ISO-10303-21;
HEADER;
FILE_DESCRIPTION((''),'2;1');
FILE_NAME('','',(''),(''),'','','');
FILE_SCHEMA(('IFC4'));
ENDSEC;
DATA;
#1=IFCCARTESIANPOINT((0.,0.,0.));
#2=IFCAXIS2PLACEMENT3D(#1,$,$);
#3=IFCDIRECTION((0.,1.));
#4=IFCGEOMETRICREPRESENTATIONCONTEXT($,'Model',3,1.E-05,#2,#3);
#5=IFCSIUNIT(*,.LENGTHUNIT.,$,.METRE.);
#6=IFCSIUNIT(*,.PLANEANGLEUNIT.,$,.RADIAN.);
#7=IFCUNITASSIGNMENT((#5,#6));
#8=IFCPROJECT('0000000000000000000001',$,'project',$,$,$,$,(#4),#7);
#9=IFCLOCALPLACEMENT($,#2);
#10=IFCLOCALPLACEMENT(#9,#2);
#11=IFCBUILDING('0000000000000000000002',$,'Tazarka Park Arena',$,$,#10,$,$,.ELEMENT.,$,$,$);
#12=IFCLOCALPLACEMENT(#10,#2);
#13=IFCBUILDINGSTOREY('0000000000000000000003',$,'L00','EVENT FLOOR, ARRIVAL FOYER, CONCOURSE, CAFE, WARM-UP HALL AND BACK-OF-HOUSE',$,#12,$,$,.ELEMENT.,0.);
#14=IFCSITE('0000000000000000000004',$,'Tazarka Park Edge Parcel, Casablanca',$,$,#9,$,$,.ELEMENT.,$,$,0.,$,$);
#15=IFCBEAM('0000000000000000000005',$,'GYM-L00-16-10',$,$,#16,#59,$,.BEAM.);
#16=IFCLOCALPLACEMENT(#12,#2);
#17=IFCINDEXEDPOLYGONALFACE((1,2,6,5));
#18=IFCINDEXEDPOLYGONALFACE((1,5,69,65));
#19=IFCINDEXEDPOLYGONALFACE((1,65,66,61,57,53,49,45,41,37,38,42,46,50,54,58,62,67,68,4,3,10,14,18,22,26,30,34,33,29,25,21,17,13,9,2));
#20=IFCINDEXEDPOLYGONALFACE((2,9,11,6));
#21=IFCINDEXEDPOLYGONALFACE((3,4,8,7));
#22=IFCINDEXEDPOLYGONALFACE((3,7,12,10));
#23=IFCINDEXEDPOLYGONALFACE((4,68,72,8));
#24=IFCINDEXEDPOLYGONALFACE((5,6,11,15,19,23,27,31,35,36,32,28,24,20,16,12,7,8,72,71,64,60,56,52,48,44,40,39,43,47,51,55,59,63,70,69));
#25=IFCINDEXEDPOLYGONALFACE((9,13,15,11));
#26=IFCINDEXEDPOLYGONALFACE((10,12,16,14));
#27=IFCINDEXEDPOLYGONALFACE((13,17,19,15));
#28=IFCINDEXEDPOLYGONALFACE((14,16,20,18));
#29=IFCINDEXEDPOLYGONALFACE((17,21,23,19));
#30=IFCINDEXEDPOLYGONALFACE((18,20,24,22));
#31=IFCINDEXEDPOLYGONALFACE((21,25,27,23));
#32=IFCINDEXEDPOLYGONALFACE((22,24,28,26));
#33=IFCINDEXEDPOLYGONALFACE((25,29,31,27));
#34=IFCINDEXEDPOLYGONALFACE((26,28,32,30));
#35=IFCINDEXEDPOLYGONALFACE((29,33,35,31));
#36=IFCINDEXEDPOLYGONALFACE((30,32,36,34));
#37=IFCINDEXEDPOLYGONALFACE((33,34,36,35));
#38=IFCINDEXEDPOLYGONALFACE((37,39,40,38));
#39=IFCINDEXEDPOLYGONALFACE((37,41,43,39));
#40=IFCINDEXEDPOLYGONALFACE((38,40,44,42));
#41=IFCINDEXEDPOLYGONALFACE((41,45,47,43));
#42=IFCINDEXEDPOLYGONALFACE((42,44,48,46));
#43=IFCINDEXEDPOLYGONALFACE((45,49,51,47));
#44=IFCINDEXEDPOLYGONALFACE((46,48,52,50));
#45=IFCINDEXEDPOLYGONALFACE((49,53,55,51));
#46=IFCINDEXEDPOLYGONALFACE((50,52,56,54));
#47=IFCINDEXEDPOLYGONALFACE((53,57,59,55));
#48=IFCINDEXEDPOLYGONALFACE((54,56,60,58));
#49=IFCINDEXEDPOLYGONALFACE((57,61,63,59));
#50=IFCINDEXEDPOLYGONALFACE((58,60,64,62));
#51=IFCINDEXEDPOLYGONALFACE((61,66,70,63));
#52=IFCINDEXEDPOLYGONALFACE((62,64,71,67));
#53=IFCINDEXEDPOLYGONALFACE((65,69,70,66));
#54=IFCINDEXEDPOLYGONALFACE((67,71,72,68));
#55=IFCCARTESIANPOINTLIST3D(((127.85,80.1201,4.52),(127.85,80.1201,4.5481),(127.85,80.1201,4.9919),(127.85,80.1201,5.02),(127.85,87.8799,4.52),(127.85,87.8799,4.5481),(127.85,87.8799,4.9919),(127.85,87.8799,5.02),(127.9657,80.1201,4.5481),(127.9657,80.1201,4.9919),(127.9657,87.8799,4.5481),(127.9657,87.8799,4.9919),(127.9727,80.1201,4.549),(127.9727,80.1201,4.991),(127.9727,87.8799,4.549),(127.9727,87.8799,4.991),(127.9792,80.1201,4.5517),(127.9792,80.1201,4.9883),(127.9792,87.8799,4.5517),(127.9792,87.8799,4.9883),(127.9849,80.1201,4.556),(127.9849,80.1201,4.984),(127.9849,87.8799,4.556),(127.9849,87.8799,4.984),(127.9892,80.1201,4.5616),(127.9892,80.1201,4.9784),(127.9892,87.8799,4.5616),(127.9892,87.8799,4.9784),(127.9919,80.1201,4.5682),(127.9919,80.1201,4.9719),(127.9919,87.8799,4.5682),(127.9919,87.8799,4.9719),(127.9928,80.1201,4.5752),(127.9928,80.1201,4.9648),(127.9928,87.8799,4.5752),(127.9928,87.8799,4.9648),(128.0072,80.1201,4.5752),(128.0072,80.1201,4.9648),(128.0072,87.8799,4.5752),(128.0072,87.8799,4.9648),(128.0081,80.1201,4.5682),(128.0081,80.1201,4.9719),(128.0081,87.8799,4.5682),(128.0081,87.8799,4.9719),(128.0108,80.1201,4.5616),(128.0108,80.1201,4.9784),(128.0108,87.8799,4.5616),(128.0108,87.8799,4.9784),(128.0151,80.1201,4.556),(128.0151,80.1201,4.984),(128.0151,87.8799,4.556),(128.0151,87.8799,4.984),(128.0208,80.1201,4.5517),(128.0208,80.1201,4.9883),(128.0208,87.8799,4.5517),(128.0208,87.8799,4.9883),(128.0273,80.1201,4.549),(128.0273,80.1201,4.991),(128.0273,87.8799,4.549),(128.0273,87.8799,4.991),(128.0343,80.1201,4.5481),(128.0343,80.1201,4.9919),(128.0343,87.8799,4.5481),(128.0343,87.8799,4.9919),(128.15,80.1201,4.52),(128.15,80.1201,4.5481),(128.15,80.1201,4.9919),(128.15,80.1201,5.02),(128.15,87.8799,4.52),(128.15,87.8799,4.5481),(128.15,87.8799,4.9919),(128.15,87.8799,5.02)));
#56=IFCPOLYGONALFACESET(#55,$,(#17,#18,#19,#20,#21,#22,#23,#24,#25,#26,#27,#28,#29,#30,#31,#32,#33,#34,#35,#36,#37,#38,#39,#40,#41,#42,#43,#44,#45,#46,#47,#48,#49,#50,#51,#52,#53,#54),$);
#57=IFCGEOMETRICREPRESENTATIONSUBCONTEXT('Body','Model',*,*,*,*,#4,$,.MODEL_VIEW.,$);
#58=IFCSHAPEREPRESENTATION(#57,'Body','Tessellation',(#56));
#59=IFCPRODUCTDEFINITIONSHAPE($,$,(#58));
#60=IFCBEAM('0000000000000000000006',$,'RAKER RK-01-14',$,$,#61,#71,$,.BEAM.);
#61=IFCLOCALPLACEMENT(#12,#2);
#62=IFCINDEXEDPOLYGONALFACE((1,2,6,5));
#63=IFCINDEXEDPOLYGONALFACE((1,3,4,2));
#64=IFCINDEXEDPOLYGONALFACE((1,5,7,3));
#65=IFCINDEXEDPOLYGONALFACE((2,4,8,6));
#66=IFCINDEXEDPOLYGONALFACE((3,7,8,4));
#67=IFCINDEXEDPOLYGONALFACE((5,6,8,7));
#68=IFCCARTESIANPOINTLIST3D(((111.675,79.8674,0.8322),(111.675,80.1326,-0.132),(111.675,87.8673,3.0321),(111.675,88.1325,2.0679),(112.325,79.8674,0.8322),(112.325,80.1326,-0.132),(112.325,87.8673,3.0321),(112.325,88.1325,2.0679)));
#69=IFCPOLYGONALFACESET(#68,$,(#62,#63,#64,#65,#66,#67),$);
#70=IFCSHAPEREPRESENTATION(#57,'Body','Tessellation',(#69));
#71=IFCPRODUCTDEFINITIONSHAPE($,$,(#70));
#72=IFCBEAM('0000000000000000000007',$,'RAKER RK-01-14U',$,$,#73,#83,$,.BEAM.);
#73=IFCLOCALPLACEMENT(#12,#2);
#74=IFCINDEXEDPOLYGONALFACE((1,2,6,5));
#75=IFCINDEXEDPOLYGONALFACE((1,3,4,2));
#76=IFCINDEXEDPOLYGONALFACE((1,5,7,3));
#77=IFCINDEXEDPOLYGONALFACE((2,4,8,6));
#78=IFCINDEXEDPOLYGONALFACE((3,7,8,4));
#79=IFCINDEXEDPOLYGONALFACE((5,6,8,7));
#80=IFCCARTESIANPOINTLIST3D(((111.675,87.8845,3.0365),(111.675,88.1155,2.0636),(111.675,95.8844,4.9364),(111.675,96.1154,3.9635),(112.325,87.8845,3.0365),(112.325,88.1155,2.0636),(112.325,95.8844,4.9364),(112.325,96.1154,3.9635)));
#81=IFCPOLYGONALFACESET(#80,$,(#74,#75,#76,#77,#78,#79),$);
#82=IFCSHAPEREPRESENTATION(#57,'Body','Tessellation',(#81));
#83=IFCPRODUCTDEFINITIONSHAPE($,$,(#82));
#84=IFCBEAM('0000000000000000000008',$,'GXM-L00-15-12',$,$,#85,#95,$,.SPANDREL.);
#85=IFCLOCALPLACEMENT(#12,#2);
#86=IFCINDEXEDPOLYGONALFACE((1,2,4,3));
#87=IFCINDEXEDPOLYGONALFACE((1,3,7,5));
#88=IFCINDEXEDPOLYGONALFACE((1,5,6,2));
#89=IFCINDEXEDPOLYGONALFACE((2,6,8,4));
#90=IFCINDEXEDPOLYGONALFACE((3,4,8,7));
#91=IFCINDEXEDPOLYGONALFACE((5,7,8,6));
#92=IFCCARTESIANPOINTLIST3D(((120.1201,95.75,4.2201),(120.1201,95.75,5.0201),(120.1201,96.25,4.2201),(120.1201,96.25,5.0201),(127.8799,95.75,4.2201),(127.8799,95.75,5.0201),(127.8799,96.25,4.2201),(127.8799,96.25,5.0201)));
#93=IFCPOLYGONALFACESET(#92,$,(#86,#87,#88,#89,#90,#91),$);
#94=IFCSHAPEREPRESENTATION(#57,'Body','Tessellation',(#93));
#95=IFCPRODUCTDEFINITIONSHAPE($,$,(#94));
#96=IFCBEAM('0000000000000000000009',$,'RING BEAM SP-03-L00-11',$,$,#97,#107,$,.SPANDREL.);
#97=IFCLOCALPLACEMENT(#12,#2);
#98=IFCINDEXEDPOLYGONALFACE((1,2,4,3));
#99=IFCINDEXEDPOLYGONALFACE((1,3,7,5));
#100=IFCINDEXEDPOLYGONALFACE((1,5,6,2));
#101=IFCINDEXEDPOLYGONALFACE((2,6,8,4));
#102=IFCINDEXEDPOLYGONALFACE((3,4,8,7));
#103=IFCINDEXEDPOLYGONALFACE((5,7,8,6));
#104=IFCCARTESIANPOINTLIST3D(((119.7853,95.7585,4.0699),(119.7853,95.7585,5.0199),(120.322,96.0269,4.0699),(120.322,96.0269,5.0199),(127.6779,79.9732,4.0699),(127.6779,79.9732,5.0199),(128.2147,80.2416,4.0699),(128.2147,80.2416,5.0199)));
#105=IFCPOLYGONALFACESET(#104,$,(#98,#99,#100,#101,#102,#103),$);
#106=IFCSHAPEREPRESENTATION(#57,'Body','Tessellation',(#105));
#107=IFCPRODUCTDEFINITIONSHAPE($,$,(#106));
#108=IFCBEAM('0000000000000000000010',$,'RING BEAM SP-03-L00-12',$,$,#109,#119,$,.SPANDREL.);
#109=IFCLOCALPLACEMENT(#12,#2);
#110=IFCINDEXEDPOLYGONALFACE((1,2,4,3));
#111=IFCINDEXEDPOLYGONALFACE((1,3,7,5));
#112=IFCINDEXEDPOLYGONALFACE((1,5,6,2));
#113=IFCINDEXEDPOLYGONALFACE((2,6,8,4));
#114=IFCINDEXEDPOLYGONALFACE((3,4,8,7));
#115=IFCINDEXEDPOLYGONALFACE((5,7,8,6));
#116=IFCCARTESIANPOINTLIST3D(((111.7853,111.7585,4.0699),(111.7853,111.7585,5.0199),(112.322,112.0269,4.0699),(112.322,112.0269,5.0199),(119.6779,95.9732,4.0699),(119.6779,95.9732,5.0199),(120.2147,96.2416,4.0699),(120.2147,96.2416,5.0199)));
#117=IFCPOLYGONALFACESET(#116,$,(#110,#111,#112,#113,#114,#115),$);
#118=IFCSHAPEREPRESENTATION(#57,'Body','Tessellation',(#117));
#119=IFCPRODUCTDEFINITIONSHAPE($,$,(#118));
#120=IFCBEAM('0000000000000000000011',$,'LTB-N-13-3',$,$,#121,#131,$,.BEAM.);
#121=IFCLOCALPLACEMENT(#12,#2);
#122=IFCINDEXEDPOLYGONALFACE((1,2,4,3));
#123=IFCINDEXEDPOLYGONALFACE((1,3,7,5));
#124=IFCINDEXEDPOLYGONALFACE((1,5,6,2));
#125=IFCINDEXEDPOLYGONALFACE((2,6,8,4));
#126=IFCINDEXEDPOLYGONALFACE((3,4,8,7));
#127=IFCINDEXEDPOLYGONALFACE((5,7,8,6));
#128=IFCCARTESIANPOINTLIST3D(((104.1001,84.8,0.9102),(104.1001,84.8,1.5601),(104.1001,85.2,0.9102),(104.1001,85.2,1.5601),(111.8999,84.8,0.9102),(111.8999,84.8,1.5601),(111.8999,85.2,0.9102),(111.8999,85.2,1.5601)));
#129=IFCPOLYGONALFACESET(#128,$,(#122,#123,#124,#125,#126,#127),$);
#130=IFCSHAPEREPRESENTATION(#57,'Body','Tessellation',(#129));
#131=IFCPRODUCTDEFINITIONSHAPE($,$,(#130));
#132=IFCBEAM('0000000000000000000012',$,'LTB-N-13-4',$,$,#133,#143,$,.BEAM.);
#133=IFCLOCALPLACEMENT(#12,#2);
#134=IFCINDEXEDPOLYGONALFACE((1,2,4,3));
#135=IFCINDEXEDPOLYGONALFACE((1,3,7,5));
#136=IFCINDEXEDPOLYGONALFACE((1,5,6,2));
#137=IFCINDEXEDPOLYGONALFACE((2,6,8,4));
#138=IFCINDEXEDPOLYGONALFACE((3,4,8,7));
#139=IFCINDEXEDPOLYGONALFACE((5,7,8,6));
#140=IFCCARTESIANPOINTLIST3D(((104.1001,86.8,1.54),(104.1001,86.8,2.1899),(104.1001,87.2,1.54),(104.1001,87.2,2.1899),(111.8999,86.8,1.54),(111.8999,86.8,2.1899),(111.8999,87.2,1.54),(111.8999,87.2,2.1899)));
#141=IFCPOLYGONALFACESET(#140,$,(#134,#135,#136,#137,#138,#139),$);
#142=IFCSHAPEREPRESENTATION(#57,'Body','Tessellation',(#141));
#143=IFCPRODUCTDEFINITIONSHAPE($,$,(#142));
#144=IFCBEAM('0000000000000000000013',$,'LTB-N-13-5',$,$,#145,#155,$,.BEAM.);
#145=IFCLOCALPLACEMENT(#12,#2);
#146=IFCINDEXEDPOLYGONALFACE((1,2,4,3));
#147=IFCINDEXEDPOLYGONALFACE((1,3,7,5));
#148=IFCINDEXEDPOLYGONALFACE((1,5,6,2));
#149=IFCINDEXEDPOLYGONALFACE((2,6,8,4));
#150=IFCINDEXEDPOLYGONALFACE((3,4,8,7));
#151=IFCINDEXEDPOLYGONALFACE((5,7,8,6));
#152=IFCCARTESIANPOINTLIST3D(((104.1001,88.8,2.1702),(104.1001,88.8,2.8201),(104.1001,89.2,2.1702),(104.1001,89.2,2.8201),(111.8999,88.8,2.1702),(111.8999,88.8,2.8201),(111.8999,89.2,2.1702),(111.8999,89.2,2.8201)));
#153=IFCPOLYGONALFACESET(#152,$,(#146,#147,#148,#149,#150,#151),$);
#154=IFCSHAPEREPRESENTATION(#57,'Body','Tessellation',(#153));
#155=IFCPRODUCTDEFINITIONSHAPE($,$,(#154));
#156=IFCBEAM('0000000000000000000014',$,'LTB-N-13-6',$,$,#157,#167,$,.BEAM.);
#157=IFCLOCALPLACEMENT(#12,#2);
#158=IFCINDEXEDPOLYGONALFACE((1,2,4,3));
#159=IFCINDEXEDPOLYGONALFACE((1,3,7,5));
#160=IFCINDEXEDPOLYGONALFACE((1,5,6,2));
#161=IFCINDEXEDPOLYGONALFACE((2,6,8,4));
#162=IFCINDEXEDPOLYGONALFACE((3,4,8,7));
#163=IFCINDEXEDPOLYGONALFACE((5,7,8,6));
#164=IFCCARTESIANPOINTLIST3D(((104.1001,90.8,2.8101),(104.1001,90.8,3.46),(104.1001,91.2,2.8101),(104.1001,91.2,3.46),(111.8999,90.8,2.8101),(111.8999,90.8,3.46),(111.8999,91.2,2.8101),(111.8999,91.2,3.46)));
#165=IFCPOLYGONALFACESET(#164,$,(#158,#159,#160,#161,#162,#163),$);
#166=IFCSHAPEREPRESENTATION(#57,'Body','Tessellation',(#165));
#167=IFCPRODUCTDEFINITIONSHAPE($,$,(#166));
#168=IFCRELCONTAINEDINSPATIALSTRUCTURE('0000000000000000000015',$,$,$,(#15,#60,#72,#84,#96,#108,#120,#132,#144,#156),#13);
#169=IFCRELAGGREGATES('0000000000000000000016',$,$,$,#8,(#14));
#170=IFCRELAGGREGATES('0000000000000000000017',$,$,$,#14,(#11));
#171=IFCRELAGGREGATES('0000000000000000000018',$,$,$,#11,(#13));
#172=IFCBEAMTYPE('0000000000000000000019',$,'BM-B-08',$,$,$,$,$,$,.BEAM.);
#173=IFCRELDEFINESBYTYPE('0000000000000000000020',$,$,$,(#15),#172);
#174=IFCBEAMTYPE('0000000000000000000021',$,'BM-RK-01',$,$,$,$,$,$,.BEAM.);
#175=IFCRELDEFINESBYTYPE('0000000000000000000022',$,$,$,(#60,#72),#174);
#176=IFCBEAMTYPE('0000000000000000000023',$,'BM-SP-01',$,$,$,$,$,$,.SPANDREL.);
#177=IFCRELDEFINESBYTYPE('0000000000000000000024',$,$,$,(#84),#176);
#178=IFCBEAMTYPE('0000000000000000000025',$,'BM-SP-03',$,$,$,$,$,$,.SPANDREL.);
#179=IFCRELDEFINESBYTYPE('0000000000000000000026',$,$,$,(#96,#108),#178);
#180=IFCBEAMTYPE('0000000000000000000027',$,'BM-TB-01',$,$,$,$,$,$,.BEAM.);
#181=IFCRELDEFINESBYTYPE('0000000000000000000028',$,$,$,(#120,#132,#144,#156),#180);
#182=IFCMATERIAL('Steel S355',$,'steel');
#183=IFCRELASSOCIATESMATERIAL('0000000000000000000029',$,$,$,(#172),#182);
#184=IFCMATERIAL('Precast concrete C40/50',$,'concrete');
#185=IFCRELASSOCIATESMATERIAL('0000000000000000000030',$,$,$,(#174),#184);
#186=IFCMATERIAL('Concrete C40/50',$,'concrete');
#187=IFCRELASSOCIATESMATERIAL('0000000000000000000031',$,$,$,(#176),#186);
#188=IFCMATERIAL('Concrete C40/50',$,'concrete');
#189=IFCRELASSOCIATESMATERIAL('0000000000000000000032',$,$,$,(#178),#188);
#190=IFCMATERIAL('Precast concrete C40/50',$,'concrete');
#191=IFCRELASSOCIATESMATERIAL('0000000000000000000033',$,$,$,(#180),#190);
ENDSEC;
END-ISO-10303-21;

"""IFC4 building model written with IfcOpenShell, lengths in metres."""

from ifc_helpers import new_model, si_unit, direction, frame, origin, origin_2d, place, context, subcontext, project, spatial, rectangle, i_section, extrude, material, material_profile, profile_set, type_object, element, save


model = new_model("IFC4")

# Units and contexts
model_context = context("Model", 3, precision=1e-05, world=origin(), true_north=direction((0.0, 1.0)))
body_context = subcontext(model_context, "Body", "Model", "MODEL_VIEW")
ifc_project = project(units=[si_unit("LENGTHUNIT", "METRE"), si_unit("PLANEANGLEUNIT", "RADIAN")], contexts=[model_context])

# Site, building, storey
site_placement = place(None, origin())
site = spatial("IfcSite", under=ifc_project, at=site_placement, Name="Tazarka Park Edge Parcel, Casablanca", CompositionType="ELEMENT", RefElevation=0.0)
building_placement = place(site_placement, origin())
building = spatial("IfcBuilding", under=site, at=building_placement, Name="Tazarka Park Arena", CompositionType="ELEMENT")
storey_placement = place(building_placement, origin())
storey = spatial("IfcBuildingStorey", under=building, at=storey_placement, Name="L00", Description="EVENT FLOOR, ARRIVAL FOYER, CONCOURSE, CAFE, WARM-UP HALL AND BACK-OF-HOUSE", CompositionType="ELEMENT", Elevation=0.0)

# Beams
ifc_material_1 = material(Name="Steel S355", Category="steel")
ifc_material_profile_1 = material_profile(ifc_material_1, i_section(OverallWidth=0.3, OverallDepth=0.5, WebThickness=0.0144, FlangeThickness=0.0281, FilletRadius=0.0271, at=origin_2d()), Name="Steel S355")
ifc_profile_set_1 = profile_set([ifc_material_profile_1], Name="Steel S355")
beam_type_1 = type_object("IfcBeamType", Name="BM-B-08", PredefinedType="BEAM", material=ifc_profile_set_1)
beam_1_placement = place(storey_placement, frame((128.0, 80.1201, 4.77), z_axis=(0.0, 1.0, 0.0), x_axis=(-1.0, 0.0, 0.0)))
element("IfcBeam", 1, at=beam_1_placement, inside=storey, type_object=beam_type_1, Name="GYM-L00-16-10", PredefinedType="BEAM", context=body_context, shape_type="SweptSolid", body=[
    extrude(i_section(OverallWidth=0.3, OverallDepth=0.5, WebThickness=0.0144, FlangeThickness=0.0281, FilletRadius=0.0271, at=origin_2d()), origin(), (0.0, 0.0, 1.0), 7.7598),
])
ifc_material_2 = material(Name="Precast concrete C40/50", Category="concrete")
ifc_material_profile_2 = material_profile(ifc_material_2, rectangle(XDim=0.6499, YDim=1.0, at=origin_2d()), Name="Precast concrete C40/50")
ifc_profile_set_2 = profile_set([ifc_material_profile_2], Name="Precast concrete C40/50")
beam_type_2 = type_object("IfcBeamType", Name="BM-RK-01", PredefinedType="BEAM", material=ifc_profile_set_2)
beam_2_placement = place(storey_placement, frame((112.0, 80.0, 0.3501), z_axis=(0.0, 0.964207, 0.265151), x_axis=(-1.0, 0.0, 0.0)))
element("IfcBeam", 2, at=beam_2_placement, inside=storey, type_object=beam_type_2, Name="RAKER RK-01-14", PredefinedType="BEAM", context=body_context, shape_type="SweptSolid", body=[
    extrude(rectangle(XDim=0.6499, YDim=1.0, at=origin_2d()), origin(), (0.0, 0.0, 1.0), 8.2969),
])
beam_3_placement = place(storey_placement, frame((112.0, 88.0, 2.55), z_axis=(0.0, 0.972939, 0.231061), x_axis=(-1.0, 0.0, 0.0)))
element("IfcBeam", 3, at=beam_3_placement, inside=storey, type_object=beam_type_2, Name="RAKER RK-01-14U", PredefinedType="BEAM", context=body_context, shape_type="SweptSolid", body=[
    extrude(rectangle(XDim=0.6499, YDim=1.0, at=origin_2d()), origin(), (0.0, 0.0, 1.0), 8.2224),
])
ifc_material_3 = material(Name="Concrete C40/50", Category="concrete")
ifc_material_profile_3 = material_profile(ifc_material_3, rectangle(XDim=0.5, YDim=0.8, at=origin_2d()), Name="Concrete C40/50")
ifc_profile_set_3 = profile_set([ifc_material_profile_3], Name="Concrete C40/50")
beam_type_3 = type_object("IfcBeamType", Name="BM-SP-01", PredefinedType="SPANDREL", material=ifc_profile_set_3)
beam_4_placement = place(storey_placement, frame((120.1201, 96.0, 4.6201), z_axis=(1.0, 0.0, 0.0), x_axis=(0.0, 1.0, 0.0)))
element("IfcBeam", 4, at=beam_4_placement, inside=storey, type_object=beam_type_3, Name="GXM-L00-15-12", PredefinedType="SPANDREL", context=body_context, shape_type="SweptSolid", body=[
    extrude(rectangle(XDim=0.5, YDim=0.8, at=origin_2d()), origin(), (0.0, 0.0, 1.0), 7.7598),
])
ifc_material_4 = material(Name="Concrete C40/50", Category="concrete")
ifc_material_profile_4 = material_profile(ifc_material_4, rectangle(XDim=0.6001, YDim=0.95, at=origin_2d()), Name="Concrete C40/50")
ifc_profile_set_4 = profile_set([ifc_material_profile_4], Name="Concrete C40/50")
beam_type_4 = type_object("IfcBeamType", Name="BM-SP-03", PredefinedType="SPANDREL", material=ifc_profile_set_4)
for number, where, z_axis, x_axis, name in (
    (5, (127.9463, 80.1074, 4.5449), (-0.447214, 0.894427, 0.0), (-0.894427, -0.447214, 0.0), "RING BEAM SP-03-L00-11"),
    (6, (119.9463, 96.1074, 4.5449), (-0.447214, 0.894427, 0.0), (-0.894427, -0.447214, 0.0), "RING BEAM SP-03-L00-12"),
):
    element("IfcBeam", number, at=place(storey_placement, frame(where, z_axis=z_axis, x_axis=x_axis)), inside=storey, type_object=beam_type_4, Name=name, PredefinedType="SPANDREL", context=body_context, shape_type="SweptSolid", body=[
        extrude(rectangle(XDim=0.6001, YDim=0.95, at=origin_2d()), origin(), (0.0, 0.0, 1.0), 17.6484),
    ])
ifc_material_5 = material(Name="Precast concrete C40/50", Category="concrete")
ifc_material_profile_5 = material_profile(ifc_material_5, rectangle(XDim=0.3999, YDim=0.6499, at=origin_2d()), Name="Precast concrete C40/50")
ifc_profile_set_5 = profile_set([ifc_material_profile_5], Name="Precast concrete C40/50")
beam_type_5 = type_object("IfcBeamType", Name="BM-TB-01", PredefinedType="BEAM", material=ifc_profile_set_5)
for number, where, z_axis, x_axis, name in (
    (7, (104.1001, 85.0, 1.2351), (1.0, 0.0, 0.0), (0.0, 1.0, 0.0), "LTB-N-13-3"),
    (8, (104.1001, 87.0, 1.865), (1.0, 0.0, 0.0), (0.0, 1.0, 0.0), "LTB-N-13-4"),
    (9, (104.1001, 89.0, 2.4951), (1.0, 0.0, 0.0), (0.0, 1.0, 0.0), "LTB-N-13-5"),
    (10, (104.1001, 91.0, 3.135), (1.0, 0.0, 0.0), (0.0, 1.0, 0.0), "LTB-N-13-6"),
):
    element("IfcBeam", number, at=place(storey_placement, frame(where, z_axis=z_axis, x_axis=x_axis)), inside=storey, type_object=beam_type_5, Name=name, PredefinedType="BEAM", context=body_context, shape_type="SweptSolid", body=[
        extrude(rectangle(XDim=0.3999, YDim=0.6499, at=origin_2d()), origin(), (0.0, 0.0, 1.0), 7.7998),
    ])

save(model, "model.ifc")
